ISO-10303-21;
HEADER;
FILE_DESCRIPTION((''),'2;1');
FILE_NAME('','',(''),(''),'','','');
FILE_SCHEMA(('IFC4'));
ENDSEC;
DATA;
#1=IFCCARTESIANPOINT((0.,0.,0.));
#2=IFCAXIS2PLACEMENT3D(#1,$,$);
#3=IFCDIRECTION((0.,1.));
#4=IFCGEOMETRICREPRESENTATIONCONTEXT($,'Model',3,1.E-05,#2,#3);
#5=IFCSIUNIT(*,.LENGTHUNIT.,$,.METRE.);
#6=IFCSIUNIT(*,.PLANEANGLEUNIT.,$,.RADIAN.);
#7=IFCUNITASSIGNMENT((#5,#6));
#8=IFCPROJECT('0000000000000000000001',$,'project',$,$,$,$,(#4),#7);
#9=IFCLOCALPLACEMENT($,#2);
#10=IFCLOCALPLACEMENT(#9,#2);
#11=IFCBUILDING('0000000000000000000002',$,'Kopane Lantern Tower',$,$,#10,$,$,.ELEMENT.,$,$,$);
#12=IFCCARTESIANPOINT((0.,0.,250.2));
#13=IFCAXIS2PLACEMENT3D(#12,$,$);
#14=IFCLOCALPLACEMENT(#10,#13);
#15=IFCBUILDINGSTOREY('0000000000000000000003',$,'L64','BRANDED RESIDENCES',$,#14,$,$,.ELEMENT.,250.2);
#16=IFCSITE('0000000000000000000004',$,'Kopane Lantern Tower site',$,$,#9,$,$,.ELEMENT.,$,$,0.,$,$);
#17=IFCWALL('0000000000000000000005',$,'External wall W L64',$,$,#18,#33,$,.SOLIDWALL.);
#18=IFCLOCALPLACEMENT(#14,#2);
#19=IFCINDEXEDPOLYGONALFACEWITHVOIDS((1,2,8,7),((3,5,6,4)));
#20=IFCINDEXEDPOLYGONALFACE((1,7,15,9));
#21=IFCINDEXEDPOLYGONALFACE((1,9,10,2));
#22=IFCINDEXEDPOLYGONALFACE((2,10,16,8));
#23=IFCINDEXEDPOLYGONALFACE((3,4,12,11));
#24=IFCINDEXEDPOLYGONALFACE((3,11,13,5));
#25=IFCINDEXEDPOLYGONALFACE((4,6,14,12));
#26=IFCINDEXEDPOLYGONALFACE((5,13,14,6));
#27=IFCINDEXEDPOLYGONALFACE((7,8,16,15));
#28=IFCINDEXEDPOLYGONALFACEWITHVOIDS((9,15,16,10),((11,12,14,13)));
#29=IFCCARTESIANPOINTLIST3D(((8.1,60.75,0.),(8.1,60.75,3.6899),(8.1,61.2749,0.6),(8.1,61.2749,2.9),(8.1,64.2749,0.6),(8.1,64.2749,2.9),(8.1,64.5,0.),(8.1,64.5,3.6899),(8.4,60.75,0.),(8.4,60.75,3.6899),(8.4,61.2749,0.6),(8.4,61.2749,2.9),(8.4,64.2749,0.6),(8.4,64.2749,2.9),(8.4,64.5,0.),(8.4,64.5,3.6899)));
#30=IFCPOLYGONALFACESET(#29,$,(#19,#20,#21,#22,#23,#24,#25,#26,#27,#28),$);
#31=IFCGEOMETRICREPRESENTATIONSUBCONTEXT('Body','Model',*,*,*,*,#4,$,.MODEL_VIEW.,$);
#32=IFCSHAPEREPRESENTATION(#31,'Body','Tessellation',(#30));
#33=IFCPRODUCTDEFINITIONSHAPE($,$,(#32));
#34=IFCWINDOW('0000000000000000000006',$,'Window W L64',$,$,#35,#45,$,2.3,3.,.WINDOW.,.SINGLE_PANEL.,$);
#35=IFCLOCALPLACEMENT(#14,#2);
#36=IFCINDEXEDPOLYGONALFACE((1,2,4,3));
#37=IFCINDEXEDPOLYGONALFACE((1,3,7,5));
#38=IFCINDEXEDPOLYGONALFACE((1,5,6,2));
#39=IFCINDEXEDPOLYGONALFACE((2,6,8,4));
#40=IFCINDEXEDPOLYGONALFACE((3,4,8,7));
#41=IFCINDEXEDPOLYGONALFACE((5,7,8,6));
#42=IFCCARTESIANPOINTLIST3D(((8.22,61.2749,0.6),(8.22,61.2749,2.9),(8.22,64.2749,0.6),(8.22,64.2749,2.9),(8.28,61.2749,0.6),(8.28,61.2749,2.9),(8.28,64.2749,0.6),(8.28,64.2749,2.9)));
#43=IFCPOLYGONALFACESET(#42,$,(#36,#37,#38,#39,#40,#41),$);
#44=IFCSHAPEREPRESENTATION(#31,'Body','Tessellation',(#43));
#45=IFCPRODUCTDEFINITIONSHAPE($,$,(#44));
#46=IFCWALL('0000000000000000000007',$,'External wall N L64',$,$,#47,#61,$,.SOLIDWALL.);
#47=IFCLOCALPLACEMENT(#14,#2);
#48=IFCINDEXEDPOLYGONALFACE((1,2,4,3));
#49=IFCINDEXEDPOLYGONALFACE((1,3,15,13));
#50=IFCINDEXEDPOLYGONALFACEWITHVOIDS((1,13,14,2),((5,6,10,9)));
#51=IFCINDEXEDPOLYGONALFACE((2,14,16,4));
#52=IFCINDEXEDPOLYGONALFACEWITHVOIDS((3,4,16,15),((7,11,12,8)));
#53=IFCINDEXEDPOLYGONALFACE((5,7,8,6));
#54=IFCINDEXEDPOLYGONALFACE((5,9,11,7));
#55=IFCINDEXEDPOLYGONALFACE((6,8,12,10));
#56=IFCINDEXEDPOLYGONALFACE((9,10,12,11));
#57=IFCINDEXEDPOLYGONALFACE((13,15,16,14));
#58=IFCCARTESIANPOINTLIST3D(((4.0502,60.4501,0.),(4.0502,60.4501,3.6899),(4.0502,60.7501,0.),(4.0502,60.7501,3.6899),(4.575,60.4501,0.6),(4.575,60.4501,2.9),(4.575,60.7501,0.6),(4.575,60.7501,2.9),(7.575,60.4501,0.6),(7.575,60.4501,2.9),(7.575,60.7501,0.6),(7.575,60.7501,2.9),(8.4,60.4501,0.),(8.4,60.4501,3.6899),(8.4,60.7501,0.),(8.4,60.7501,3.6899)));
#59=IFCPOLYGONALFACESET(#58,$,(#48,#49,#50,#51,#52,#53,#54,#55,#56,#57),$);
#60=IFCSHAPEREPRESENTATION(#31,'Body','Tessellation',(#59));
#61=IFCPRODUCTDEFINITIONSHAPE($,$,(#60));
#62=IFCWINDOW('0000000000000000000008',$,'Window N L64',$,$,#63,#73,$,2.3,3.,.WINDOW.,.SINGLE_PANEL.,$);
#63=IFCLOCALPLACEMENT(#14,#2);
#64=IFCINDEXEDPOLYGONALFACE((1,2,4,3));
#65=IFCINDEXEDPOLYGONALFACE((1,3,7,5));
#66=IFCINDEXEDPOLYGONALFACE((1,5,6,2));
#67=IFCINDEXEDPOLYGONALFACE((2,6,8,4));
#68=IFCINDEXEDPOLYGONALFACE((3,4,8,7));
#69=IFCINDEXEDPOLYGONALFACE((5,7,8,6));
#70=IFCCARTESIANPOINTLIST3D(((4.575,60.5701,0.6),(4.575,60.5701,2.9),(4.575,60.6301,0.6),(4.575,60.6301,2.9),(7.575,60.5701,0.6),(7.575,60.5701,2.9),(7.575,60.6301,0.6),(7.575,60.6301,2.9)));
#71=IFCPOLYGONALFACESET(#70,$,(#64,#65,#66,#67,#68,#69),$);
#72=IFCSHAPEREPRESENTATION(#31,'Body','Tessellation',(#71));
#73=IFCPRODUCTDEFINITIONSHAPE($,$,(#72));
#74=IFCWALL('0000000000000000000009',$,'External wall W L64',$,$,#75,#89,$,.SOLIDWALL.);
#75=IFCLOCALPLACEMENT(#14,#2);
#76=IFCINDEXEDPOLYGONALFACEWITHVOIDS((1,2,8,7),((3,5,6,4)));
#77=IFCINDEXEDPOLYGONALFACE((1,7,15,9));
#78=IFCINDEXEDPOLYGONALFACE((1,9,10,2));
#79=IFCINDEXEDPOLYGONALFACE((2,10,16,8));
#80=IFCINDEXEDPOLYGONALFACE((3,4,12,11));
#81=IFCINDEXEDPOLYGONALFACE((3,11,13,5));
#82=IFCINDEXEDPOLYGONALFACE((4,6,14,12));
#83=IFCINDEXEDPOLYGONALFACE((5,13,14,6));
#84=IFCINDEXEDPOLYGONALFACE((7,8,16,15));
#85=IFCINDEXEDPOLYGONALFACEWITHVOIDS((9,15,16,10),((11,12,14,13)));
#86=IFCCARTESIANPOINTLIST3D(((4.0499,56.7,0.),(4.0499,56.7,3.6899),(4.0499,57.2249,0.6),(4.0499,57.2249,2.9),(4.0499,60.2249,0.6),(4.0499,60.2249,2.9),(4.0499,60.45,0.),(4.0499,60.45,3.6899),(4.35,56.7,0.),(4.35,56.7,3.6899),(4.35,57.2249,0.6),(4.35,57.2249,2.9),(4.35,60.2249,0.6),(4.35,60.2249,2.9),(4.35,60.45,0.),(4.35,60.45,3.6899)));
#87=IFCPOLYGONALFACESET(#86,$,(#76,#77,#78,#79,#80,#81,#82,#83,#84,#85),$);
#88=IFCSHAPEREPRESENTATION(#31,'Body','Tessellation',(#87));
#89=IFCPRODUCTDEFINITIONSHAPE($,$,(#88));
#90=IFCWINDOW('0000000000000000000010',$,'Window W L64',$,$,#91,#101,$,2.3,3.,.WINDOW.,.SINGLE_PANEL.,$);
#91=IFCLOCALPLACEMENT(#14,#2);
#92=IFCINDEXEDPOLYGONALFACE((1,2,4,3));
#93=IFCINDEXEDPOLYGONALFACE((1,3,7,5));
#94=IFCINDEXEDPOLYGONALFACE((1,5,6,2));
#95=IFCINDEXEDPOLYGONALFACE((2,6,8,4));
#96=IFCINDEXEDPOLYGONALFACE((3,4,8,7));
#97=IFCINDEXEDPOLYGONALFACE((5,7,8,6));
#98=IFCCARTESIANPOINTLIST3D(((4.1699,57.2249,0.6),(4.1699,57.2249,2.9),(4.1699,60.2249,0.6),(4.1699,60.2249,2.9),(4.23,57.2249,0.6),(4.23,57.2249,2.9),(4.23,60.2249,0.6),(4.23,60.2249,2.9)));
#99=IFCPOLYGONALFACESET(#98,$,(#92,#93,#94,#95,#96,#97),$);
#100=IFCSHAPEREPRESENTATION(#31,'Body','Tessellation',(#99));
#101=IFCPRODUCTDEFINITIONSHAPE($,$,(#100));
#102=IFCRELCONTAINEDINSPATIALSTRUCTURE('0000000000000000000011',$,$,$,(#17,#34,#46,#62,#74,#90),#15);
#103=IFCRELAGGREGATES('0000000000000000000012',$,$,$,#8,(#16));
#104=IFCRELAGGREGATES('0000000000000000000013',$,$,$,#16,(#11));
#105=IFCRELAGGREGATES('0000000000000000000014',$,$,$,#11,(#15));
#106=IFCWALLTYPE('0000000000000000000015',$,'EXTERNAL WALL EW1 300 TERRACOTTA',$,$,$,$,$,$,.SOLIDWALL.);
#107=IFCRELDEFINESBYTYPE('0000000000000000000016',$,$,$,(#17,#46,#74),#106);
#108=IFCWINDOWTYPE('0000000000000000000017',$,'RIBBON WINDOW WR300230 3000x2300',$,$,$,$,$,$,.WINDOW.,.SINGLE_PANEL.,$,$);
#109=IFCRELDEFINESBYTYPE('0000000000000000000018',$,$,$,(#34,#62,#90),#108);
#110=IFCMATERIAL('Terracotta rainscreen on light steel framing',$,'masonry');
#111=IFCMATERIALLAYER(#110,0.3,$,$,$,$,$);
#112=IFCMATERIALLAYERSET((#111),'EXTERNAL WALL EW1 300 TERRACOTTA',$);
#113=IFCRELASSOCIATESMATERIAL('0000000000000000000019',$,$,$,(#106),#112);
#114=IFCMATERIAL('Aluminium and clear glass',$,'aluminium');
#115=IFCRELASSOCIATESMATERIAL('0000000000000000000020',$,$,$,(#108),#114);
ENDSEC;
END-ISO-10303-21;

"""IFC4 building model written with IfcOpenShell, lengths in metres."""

from ifc_helpers import new_model, si_unit, direction, frame, frame_2d, origin, place, context, subcontext, project, spatial, rectangle, extrude, material, layer, layer_set, type_object, element, fill, save


model = new_model("IFC4")

# Units and contexts
model_context = context("Model", 3, precision=1e-05, world=origin(), true_north=direction((0.0, 1.0)))
body_context = subcontext(model_context, "Body", "Model", "MODEL_VIEW")
ifc_project = project(units=[si_unit("LENGTHUNIT", "METRE"), si_unit("PLANEANGLEUNIT", "RADIAN")], contexts=[model_context])

# Site, building, storey
site_placement = place(None, origin())
site = spatial("IfcSite", under=ifc_project, at=site_placement, Name="Kopane Lantern Tower site", CompositionType="ELEMENT", RefElevation=0.0)
building_placement = place(site_placement, origin())
building = spatial("IfcBuilding", under=site, at=building_placement, Name="Kopane Lantern Tower", CompositionType="ELEMENT")
storey_placement = place(building_placement, frame((0.0, 0.0, 250.2)))
storey = spatial("IfcBuildingStorey", under=building, at=storey_placement, Name="L64", Description="BRANDED RESIDENCES", CompositionType="ELEMENT", Elevation=250.2)

# Walls, openings, windows
ifc_material_1 = material(Name="Terracotta rainscreen on light steel framing", Category="masonry")
ifc_layer = layer(ifc_material_1, 0.3)
ifc_layer_set = layer_set([ifc_layer], Name="EXTERNAL WALL EW1 300 TERRACOTTA")
wall_type = type_object("IfcWallType", Name="EXTERNAL WALL EW1 300 TERRACOTTA", PredefinedType="SOLIDWALL", material=ifc_layer_set)
wall_1_placement = place(storey_placement, frame((8.25, 64.5, 0.0), z_axis=(0.0, 0.0, 1.0), x_axis=(0.0, -1.0, 0.0)))
wall_1 = element("IfcWall", 1, at=wall_1_placement, inside=storey, type_object=wall_type, Name="External wall W L64", PredefinedType="SOLIDWALL", context=body_context, shape_type="SweptSolid", body=[
    extrude(rectangle(XDim=3.75, YDim=0.3, at=frame_2d((1.875, 0.0))), origin(), (0.0, 0.0, 1.0), 3.6899),
])
opening_1_placement = place(wall_1_placement, frame((0.2251, 0.0, 0.6001)))
opening_1 = element("IfcOpeningElement", 2, at=opening_1_placement, cuts=wall_1, PredefinedType="OPENING", context=body_context, shape_type="SweptSolid", body=[
    extrude(rectangle(XDim=3.0, YDim=2.3, at=frame_2d((1.5, 1.1499))), frame((0.0, 0.1599, 0.0), z_axis=(0.0, -1.0, 0.0), x_axis=(1.0, 0.0, 0.0)), (0.0, 0.0, 1.0), 0.3201),
])
ifc_material_2 = material(Name="Aluminium and clear glass", Category="aluminium")
window_type = type_object("IfcWindowType", Name="RIBBON WINDOW WR300230 3000x2300", PartitioningType="SINGLE_PANEL", PredefinedType="WINDOW", material=ifc_material_2)
window_1_placement = place(opening_1_placement, origin())
window_1 = element("IfcWindow", 3, at=window_1_placement, inside=storey, type_object=window_type, Name="Window W L64", OverallHeight=2.3, OverallWidth=3.0, PartitioningType="SINGLE_PANEL", PredefinedType="WINDOW", context=body_context, shape_type="SweptSolid", body=[
    extrude(rectangle(XDim=3.0, YDim=2.3, at=frame_2d((1.5, 1.1499))), frame((0.0, 0.03, 0.0), z_axis=(0.0, -1.0, 0.0), x_axis=(1.0, 0.0, 0.0)), (0.0, 0.0, 1.0), 0.0601),
])
fill(opening_1, window_1)
wall_2_placement = place(storey_placement, frame((8.3999, 60.6001, 0.0), z_axis=(0.0, 0.0, 1.0), x_axis=(-1.0, 0.0, 0.0)))
wall_2 = element("IfcWall", 4, at=wall_2_placement, inside=storey, type_object=wall_type, Name="External wall N L64", PredefinedType="SOLIDWALL", context=body_context, shape_type="SweptSolid", body=[
    extrude(rectangle(XDim=4.3499, YDim=0.3, at=frame_2d((2.1748, 0.0))), origin(), (0.0, 0.0, 1.0), 3.6899),
])
opening_2_placement = place(wall_2_placement, frame((0.825, 0.0, 0.6001)))
opening_2 = element("IfcOpeningElement", 5, at=opening_2_placement, cuts=wall_2, PredefinedType="OPENING", context=body_context, shape_type="SweptSolid", body=[
    extrude(rectangle(XDim=3.0, YDim=2.3, at=frame_2d((1.5, 1.1499))), frame((0.0, 0.1599, 0.0), z_axis=(0.0, -1.0, 0.0), x_axis=(1.0, 0.0, 0.0)), (0.0, 0.0, 1.0), 0.3201),
])
window_2_placement = place(opening_2_placement, origin())
window_2 = element("IfcWindow", 6, at=window_2_placement, inside=storey, type_object=window_type, Name="Window N L64", OverallHeight=2.3, OverallWidth=3.0, PartitioningType="SINGLE_PANEL", PredefinedType="WINDOW", context=body_context, shape_type="SweptSolid", body=[
    extrude(rectangle(XDim=3.0, YDim=2.3, at=frame_2d((1.5, 1.1499))), frame((0.0, 0.03, 0.0), z_axis=(0.0, -1.0, 0.0), x_axis=(1.0, 0.0, 0.0)), (0.0, 0.0, 1.0), 0.0601),
])
fill(opening_2, window_2)
wall_3_placement = place(storey_placement, frame((4.2, 60.45, 0.0), z_axis=(0.0, 0.0, 1.0), x_axis=(0.0, -1.0, 0.0)))
wall_3 = element("IfcWall", 7, at=wall_3_placement, inside=storey, type_object=wall_type, Name="External wall W L64", PredefinedType="SOLIDWALL", context=body_context, shape_type="SweptSolid", body=[
    extrude(rectangle(XDim=3.75, YDim=0.3, at=frame_2d((1.875, 0.0))), origin(), (0.0, 0.0, 1.0), 3.6899),
])
opening_3_placement = place(wall_3_placement, frame((0.2251, 0.0, 0.6001)))
opening_3 = element("IfcOpeningElement", 8, at=opening_3_placement, cuts=wall_3, PredefinedType="OPENING", context=body_context, shape_type="SweptSolid", body=[
    extrude(rectangle(XDim=3.0, YDim=2.3, at=frame_2d((1.5, 1.1499))), frame((0.0, 0.1599, 0.0), z_axis=(0.0, -1.0, 0.0), x_axis=(1.0, 0.0, 0.0)), (0.0, 0.0, 1.0), 0.3201),
])
window_3_placement = place(opening_3_placement, origin())
window_3 = element("IfcWindow", 9, at=window_3_placement, inside=storey, type_object=window_type, Name="Window W L64", OverallHeight=2.3, OverallWidth=3.0, PartitioningType="SINGLE_PANEL", PredefinedType="WINDOW", context=body_context, shape_type="SweptSolid", body=[
    extrude(rectangle(XDim=3.0, YDim=2.3, at=frame_2d((1.5, 1.1499))), frame((0.0, 0.03, 0.0), z_axis=(0.0, -1.0, 0.0), x_axis=(1.0, 0.0, 0.0)), (0.0, 0.0, 1.0), 0.0601),
])
fill(opening_3, window_3)

save(model, "model.ifc")
